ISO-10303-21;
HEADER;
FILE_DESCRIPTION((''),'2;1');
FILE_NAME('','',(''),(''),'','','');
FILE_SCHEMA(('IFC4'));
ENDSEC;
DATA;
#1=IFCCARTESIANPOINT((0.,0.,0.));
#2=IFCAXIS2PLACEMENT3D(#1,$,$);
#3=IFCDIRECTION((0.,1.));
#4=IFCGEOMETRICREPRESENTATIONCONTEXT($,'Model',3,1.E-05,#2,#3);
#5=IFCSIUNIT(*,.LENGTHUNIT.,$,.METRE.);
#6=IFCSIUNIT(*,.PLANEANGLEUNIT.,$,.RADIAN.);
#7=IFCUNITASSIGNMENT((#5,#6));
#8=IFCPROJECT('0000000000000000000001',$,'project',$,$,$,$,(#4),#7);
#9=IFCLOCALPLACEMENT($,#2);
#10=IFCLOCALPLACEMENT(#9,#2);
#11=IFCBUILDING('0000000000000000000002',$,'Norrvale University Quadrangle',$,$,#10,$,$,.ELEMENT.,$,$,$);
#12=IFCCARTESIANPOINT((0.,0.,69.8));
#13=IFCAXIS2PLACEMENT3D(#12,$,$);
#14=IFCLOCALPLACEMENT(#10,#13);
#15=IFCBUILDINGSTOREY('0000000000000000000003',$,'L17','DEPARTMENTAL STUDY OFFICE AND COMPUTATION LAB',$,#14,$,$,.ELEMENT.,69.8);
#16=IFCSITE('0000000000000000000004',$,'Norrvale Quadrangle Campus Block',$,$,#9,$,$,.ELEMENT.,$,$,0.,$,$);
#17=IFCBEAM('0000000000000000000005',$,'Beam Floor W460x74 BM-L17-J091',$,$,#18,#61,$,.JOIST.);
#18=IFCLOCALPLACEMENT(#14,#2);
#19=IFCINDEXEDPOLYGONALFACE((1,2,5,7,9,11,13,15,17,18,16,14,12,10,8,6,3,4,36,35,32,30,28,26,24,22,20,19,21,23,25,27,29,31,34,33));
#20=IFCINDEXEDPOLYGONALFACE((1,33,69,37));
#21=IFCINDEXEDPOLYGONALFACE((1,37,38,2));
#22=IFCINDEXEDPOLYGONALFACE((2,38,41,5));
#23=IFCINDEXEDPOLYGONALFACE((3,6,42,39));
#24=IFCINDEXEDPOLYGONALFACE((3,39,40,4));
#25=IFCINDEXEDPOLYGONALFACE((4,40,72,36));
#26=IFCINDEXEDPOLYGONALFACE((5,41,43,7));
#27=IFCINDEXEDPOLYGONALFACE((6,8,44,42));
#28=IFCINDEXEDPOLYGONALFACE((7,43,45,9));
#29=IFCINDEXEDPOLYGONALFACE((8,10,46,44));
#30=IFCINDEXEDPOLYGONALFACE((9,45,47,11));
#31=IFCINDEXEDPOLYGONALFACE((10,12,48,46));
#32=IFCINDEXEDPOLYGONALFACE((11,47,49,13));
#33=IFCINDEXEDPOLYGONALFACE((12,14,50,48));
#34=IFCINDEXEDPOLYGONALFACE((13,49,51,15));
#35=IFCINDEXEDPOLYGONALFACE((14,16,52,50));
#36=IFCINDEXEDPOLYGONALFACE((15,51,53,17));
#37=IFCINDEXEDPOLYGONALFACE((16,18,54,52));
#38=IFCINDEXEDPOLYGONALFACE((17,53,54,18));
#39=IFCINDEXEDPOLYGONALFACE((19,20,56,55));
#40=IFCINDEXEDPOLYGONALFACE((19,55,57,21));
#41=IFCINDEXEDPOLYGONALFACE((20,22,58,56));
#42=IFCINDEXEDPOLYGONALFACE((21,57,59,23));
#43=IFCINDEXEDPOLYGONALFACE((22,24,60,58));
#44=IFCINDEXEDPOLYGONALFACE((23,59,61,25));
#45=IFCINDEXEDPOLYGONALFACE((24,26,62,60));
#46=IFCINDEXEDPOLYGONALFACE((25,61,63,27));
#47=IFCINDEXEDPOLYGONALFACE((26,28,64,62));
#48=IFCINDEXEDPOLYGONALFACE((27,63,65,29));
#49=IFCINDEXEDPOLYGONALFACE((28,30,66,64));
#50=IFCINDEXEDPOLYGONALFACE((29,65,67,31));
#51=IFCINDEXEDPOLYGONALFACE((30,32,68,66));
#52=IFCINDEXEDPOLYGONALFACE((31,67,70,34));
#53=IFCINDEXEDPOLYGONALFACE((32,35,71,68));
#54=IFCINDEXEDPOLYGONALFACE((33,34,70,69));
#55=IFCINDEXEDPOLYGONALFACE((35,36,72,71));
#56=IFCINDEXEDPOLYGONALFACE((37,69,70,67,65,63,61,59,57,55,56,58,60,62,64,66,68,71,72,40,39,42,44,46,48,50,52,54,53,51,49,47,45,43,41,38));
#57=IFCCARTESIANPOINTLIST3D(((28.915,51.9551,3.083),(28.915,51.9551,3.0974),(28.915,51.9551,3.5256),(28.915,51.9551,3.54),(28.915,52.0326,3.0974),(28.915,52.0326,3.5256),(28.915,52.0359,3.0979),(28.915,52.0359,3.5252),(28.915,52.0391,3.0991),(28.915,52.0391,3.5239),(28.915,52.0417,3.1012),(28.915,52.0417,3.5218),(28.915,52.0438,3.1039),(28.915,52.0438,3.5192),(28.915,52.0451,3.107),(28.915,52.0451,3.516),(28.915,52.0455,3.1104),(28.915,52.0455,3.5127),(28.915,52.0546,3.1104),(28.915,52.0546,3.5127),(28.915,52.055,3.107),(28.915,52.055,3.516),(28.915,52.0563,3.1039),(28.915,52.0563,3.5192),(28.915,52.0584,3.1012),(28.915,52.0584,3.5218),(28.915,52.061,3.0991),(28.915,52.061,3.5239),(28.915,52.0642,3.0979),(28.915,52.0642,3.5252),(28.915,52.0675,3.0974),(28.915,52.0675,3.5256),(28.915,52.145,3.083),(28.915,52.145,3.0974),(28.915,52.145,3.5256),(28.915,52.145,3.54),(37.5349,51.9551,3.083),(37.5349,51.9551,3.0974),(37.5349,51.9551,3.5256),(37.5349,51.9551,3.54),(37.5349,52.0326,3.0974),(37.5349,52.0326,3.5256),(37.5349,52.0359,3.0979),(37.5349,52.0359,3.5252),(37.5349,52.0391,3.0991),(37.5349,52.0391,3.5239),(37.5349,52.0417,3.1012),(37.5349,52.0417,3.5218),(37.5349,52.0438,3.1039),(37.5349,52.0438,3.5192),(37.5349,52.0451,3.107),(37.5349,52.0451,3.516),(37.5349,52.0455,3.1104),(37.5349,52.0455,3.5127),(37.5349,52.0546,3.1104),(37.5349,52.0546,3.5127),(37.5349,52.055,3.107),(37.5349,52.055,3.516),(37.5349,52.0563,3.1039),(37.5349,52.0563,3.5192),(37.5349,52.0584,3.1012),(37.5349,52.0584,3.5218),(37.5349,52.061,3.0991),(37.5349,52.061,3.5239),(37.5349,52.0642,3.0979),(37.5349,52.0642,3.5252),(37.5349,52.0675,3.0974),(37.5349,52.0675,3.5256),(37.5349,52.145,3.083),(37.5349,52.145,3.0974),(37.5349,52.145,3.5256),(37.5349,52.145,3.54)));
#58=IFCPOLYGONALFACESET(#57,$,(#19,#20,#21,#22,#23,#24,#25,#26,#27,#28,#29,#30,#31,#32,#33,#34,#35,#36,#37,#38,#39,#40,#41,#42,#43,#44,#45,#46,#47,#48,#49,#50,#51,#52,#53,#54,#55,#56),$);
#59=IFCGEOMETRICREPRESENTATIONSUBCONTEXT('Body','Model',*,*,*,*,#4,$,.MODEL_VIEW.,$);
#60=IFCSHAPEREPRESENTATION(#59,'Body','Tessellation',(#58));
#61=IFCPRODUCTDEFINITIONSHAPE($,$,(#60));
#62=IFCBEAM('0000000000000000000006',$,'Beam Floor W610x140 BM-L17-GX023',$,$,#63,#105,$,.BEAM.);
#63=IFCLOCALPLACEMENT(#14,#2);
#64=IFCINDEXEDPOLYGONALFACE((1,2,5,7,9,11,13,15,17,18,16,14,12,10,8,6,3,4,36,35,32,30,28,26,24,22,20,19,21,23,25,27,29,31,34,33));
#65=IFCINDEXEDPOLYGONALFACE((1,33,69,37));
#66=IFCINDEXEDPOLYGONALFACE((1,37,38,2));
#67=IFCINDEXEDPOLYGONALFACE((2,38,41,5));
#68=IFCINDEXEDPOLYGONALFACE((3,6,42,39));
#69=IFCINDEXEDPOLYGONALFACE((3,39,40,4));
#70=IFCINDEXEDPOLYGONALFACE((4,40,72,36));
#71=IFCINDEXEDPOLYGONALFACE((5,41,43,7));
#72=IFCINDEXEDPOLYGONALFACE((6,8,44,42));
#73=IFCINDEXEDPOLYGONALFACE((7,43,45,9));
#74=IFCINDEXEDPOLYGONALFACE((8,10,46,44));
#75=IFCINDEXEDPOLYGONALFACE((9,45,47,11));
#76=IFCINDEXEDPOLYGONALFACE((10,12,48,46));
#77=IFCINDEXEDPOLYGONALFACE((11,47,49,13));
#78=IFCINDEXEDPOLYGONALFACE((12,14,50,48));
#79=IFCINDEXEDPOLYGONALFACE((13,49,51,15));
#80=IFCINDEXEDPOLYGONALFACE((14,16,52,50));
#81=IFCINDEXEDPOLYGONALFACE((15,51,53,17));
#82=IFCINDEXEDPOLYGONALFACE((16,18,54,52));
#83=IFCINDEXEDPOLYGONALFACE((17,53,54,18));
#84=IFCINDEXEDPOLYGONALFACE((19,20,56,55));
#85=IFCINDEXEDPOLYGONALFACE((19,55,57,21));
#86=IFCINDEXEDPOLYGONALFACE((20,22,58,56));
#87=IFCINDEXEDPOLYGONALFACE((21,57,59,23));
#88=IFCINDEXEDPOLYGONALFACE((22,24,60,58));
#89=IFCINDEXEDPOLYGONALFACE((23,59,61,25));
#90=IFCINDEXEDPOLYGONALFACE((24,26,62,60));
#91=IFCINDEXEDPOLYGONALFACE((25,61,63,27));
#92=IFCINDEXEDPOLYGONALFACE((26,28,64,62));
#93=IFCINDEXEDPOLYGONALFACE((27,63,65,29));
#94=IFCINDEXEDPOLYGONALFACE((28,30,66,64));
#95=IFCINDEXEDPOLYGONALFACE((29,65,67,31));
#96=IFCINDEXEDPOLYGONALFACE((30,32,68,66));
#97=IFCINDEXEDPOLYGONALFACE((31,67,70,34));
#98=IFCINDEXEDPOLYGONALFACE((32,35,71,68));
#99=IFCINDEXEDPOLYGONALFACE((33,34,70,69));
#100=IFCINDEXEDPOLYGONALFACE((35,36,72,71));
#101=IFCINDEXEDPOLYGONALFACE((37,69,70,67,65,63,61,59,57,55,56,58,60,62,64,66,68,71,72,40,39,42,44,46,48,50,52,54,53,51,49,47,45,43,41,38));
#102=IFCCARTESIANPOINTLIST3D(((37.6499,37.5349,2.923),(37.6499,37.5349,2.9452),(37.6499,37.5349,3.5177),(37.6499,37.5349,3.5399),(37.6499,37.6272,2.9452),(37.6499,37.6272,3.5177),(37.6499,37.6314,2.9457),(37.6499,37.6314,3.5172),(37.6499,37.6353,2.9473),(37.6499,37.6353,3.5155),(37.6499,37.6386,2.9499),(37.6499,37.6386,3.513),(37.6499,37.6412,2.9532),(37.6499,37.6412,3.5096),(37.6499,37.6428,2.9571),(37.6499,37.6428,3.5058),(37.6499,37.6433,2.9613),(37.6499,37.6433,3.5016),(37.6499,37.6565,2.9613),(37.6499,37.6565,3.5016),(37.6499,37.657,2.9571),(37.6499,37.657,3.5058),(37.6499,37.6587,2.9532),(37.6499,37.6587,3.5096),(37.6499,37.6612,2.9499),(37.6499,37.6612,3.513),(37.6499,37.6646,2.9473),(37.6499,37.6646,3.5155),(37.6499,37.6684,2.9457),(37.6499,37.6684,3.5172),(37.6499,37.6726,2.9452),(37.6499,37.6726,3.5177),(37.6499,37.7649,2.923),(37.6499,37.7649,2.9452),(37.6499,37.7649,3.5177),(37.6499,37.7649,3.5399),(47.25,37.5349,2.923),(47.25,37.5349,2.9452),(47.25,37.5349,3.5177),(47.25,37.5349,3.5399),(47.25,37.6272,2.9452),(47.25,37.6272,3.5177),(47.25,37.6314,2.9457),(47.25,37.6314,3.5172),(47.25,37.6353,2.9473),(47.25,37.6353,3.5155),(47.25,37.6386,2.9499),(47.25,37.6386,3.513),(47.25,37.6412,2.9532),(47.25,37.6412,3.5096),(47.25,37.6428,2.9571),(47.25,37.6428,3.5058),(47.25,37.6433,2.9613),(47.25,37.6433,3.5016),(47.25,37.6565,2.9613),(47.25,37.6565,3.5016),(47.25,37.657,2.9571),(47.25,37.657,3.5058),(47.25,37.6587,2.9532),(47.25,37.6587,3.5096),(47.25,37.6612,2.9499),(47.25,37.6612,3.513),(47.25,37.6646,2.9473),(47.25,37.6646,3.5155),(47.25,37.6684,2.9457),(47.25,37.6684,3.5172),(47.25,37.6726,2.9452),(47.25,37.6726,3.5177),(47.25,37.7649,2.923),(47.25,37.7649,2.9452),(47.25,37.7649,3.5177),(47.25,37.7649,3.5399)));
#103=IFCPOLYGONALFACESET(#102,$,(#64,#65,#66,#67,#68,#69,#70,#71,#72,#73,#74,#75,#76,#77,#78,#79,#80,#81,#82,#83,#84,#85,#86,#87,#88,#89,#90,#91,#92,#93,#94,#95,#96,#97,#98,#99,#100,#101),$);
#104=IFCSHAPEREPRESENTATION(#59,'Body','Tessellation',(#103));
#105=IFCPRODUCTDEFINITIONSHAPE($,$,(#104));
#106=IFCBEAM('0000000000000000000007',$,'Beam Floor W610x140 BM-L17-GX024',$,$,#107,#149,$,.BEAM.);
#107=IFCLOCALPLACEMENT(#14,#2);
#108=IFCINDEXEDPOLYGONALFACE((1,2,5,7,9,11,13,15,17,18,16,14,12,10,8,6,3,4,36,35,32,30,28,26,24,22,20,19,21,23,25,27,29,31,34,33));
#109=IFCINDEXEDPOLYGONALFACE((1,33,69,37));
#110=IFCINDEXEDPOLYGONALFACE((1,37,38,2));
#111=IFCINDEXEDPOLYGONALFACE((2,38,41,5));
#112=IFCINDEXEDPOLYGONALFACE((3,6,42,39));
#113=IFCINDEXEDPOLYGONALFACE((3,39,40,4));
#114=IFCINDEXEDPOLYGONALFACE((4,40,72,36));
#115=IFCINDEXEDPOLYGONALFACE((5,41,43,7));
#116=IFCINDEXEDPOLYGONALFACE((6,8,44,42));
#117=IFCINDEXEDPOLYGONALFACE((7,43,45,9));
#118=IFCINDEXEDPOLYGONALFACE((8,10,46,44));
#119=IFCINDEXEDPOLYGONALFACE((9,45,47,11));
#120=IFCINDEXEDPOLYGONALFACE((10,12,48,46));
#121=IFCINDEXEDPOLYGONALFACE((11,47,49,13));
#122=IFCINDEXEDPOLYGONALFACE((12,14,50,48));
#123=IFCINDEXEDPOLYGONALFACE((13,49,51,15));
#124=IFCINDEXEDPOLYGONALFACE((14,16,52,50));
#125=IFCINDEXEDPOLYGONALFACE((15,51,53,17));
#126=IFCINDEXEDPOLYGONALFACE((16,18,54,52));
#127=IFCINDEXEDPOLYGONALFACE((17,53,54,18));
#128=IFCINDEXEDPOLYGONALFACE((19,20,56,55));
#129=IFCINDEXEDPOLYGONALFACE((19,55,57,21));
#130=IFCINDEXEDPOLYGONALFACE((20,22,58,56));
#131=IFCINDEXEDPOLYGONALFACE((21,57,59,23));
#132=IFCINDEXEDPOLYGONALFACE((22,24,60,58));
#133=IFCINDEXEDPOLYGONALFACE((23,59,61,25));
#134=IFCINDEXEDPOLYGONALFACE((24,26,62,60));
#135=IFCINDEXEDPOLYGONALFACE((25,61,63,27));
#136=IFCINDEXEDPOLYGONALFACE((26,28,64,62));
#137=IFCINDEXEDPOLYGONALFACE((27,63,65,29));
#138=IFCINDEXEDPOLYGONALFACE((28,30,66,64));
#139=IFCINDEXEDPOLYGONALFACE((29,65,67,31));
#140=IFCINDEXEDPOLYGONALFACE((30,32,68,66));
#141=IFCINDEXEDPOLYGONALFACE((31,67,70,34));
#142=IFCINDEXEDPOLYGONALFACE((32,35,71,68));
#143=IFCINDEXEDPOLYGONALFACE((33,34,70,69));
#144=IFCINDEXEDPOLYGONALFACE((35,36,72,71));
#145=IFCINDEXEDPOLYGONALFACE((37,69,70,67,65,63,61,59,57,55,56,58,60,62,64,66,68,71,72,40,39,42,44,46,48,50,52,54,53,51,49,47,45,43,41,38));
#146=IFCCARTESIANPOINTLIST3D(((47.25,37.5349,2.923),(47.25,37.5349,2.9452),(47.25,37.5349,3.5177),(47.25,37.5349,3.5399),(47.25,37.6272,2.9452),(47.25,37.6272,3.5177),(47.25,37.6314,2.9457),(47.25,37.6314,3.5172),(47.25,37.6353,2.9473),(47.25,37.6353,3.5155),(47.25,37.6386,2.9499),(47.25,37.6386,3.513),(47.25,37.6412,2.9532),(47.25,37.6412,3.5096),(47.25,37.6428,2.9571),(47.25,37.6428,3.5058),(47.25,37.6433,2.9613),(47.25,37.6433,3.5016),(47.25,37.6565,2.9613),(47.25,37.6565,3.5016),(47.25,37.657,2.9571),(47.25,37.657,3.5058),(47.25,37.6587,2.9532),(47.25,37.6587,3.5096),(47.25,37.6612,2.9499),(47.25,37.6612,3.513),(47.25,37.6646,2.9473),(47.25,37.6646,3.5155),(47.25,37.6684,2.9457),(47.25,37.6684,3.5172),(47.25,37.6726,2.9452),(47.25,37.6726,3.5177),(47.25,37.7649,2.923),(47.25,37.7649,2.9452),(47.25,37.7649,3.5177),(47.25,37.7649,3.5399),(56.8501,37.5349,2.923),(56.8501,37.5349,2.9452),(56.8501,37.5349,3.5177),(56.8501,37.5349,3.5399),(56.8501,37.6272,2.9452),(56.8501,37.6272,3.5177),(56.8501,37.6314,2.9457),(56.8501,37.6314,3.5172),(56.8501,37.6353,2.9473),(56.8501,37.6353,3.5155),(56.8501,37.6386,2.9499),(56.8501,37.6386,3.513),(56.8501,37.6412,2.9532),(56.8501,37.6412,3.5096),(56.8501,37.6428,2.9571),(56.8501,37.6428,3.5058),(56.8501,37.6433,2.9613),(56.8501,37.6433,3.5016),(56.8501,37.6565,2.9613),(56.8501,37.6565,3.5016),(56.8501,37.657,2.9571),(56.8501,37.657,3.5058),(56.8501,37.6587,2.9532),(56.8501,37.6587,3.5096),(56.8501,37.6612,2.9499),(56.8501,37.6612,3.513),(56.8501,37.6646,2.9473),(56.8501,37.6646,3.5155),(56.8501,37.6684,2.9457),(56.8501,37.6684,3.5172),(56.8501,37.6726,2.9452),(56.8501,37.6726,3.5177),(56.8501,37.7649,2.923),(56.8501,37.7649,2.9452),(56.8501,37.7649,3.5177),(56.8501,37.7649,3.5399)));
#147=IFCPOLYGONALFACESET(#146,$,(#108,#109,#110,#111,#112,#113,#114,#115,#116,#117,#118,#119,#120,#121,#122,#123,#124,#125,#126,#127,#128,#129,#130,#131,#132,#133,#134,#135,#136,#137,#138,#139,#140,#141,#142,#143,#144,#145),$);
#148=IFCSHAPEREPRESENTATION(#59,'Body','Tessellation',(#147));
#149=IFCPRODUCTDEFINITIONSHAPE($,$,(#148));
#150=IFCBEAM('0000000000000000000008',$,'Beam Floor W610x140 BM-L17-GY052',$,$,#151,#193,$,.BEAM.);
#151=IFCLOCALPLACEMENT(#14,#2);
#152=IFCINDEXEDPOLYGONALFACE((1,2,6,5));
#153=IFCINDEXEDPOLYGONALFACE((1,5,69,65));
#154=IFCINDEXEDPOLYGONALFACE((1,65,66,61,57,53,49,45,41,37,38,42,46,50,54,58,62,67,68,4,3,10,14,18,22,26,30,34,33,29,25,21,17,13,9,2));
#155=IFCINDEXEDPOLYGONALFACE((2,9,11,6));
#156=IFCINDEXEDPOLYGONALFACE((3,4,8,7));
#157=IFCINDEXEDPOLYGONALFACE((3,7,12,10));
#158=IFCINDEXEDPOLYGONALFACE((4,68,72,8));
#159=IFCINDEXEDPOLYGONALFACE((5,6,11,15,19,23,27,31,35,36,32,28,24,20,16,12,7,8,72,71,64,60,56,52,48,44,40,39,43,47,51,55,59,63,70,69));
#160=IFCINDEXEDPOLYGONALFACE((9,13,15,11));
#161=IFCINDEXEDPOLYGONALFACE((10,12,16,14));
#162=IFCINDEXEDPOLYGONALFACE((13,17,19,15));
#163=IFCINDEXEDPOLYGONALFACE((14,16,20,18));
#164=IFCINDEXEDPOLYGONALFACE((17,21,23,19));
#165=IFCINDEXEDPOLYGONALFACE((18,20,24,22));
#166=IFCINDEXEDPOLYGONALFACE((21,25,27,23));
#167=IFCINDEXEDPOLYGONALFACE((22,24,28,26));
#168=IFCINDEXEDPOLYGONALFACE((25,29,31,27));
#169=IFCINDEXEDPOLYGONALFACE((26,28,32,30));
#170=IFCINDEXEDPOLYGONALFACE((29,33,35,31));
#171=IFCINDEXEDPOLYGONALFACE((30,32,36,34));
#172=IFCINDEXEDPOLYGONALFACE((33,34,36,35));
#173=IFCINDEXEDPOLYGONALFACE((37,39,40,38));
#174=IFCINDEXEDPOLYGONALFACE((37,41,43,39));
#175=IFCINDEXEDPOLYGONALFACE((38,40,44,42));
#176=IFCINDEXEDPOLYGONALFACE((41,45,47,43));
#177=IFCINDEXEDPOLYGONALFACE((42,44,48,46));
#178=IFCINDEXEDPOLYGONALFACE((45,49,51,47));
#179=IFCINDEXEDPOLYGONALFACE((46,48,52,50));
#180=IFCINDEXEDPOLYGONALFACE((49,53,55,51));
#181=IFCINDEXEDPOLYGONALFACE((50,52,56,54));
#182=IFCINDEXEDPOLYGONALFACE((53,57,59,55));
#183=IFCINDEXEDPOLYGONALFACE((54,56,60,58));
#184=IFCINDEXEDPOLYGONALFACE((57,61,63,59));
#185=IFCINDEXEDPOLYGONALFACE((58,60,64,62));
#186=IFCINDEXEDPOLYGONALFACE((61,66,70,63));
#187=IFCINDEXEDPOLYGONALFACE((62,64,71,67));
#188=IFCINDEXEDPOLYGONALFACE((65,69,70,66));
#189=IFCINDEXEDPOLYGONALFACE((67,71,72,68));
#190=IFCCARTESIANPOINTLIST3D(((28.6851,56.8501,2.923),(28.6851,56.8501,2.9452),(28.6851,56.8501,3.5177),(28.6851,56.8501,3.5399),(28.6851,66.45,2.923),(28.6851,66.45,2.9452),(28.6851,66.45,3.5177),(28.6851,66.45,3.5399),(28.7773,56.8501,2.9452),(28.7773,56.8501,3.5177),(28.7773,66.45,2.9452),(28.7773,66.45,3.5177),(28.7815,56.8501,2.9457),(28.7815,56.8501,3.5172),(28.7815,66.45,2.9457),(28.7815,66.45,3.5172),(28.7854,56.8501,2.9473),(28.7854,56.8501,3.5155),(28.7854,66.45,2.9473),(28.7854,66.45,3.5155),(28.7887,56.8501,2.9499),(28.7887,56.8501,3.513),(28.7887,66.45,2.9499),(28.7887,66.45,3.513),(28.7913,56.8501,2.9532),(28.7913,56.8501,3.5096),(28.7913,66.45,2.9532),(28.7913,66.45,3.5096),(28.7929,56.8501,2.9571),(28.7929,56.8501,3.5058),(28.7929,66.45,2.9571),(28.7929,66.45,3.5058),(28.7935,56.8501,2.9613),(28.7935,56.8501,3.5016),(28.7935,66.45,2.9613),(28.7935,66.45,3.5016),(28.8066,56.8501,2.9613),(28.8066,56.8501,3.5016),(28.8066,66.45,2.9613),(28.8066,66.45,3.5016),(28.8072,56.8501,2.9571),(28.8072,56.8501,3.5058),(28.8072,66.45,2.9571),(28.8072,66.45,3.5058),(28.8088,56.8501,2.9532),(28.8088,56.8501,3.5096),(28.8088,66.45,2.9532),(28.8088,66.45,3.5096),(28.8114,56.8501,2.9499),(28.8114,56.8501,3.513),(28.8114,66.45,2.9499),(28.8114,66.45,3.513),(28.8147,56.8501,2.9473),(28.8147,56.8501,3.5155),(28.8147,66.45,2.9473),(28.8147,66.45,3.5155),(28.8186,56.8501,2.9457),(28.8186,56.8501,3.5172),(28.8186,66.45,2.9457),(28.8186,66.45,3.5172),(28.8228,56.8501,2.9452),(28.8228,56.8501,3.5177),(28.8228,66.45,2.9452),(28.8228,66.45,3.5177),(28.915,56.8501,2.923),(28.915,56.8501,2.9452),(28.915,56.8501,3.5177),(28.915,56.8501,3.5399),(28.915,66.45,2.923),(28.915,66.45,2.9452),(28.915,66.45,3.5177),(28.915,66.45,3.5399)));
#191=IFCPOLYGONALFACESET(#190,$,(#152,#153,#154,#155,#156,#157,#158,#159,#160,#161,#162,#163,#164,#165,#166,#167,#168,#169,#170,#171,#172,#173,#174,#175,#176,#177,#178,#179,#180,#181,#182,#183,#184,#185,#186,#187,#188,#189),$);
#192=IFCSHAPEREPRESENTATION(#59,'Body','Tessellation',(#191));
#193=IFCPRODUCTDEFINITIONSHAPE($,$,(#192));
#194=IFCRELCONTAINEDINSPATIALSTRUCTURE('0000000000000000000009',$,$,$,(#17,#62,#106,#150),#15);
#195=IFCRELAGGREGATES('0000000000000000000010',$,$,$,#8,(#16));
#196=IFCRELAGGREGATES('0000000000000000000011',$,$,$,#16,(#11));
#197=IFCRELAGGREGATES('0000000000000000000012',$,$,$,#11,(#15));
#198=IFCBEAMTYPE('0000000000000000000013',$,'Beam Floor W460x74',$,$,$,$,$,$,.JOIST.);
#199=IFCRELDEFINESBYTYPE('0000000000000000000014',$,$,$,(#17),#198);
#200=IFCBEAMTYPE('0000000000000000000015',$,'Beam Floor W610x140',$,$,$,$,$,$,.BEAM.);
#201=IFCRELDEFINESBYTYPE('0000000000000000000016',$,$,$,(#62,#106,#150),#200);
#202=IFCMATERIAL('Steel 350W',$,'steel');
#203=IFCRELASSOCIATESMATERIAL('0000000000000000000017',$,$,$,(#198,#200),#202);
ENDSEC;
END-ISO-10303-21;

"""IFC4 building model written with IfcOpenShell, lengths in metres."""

from ifc_helpers import new_model, si_unit, direction, frame, origin, origin_2d, place, context, subcontext, project, spatial, i_section, extrude, material, material_profile, profile_set, type_object, element, save


model = new_model("IFC4")

# Units and contexts
model_context = context("Model", 3, precision=1e-05, world=origin(), true_north=direction((0.0, 1.0)))
body_context = subcontext(model_context, "Body", "Model", "MODEL_VIEW")
ifc_project = project(units=[si_unit("LENGTHUNIT", "METRE"), si_unit("PLANEANGLEUNIT", "RADIAN")], contexts=[model_context])

# Site, building, storey
site_placement = place(None, origin())
site = spatial("IfcSite", under=ifc_project, at=site_placement, Name="Norrvale Quadrangle Campus Block", CompositionType="ELEMENT", RefElevation=0.0)
building_placement = place(site_placement, origin())
building = spatial("IfcBuilding", under=site, at=building_placement, Name="Norrvale University Quadrangle", CompositionType="ELEMENT")
storey_placement = place(building_placement, frame((0.0, 0.0, 69.8)))
storey = spatial("IfcBuildingStorey", under=building, at=storey_placement, Name="L17", Description="DEPARTMENTAL STUDY OFFICE AND COMPUTATION LAB", CompositionType="ELEMENT", Elevation=69.8)

# Beams
ifc_material_1 = material(Name="Steel 350W", Category="steel")
ifc_material_profile_1 = material_profile(ifc_material_1, i_section(OverallWidth=0.1899, OverallDepth=0.457, WebThickness=0.009, FlangeThickness=0.0144, FilletRadius=0.0129, at=origin_2d()), Name="Steel 350W")
ifc_profile_set_1 = profile_set([ifc_material_profile_1], Name="Steel 350W")
beam_type_1 = type_object("IfcBeamType", Name="Beam Floor W460x74", PredefinedType="JOIST", material=ifc_profile_set_1)
for number, where, z_axis, x_axis, name in (
    (1, (28.915, 52.05, 3.3115), (1.0, 0.0, 0.0), (0.0, 1.0, 0.0), "Beam Floor W460x74 BM-L17-J091"),
):
    element("IfcBeam", number, at=place(storey_placement, frame(where, z_axis=z_axis, x_axis=x_axis)), inside=storey, type_object=beam_type_1, Name=name, PredefinedType="JOIST", context=body_context, shape_type="SweptSolid", body=[
        extrude(i_section(OverallWidth=0.1899, OverallDepth=0.457, WebThickness=0.009, FlangeThickness=0.0144, FilletRadius=0.0129, at=origin_2d()), origin(), (0.0, 0.0, 1.0), 8.6199),
    ])
ifc_material_profile_2 = material_profile(ifc_material_1, i_section(OverallWidth=0.23, OverallDepth=0.6169, WebThickness=0.0132, FlangeThickness=0.0222, FilletRadius=0.0161, at=origin_2d()), Name="Steel 350W")
ifc_profile_set_2 = profile_set([ifc_material_profile_2], Name="Steel 350W")
beam_type_2 = type_object("IfcBeamType", Name="Beam Floor W610x140", PredefinedType="BEAM", material=ifc_profile_set_2)
for number, where, z_axis, x_axis, name in (
    (2, (37.6499, 37.6499, 3.2314), (1.0, 0.0, 0.0), (0.0, 1.0, 0.0), "Beam Floor W610x140 BM-L17-GX023"),
    (3, (47.25, 37.6499, 3.2314), (1.0, 0.0, 0.0), (0.0, 1.0, 0.0), "Beam Floor W610x140 BM-L17-GX024"),
):
    element("IfcBeam", number, at=place(storey_placement, frame(where, z_axis=z_axis, x_axis=x_axis)), inside=storey, type_object=beam_type_2, Name=name, PredefinedType="BEAM", context=body_context, shape_type="SweptSolid", body=[
        extrude(i_section(OverallWidth=0.23, OverallDepth=0.6169, WebThickness=0.0132, FlangeThickness=0.0222, FilletRadius=0.0161, at=origin_2d()), origin(), (0.0, 0.0, 1.0), 9.6001),
    ])
beam_placement = place(storey_placement, frame((28.8, 56.8501, 3.2314), z_axis=(0.0, 1.0, 0.0), x_axis=(-1.0, 0.0, 0.0)))
element("IfcBeam", 4, at=beam_placement, inside=storey, type_object=beam_type_2, Name="Beam Floor W610x140 BM-L17-GY052", PredefinedType="BEAM", context=body_context, shape_type="SweptSolid", body=[
    extrude(i_section(OverallWidth=0.23, OverallDepth=0.6169, WebThickness=0.0132, FlangeThickness=0.0222, FilletRadius=0.0161, at=origin_2d()), origin(), (0.0, 0.0, 1.0), 9.5999),
])

save(model, "model.ifc")
